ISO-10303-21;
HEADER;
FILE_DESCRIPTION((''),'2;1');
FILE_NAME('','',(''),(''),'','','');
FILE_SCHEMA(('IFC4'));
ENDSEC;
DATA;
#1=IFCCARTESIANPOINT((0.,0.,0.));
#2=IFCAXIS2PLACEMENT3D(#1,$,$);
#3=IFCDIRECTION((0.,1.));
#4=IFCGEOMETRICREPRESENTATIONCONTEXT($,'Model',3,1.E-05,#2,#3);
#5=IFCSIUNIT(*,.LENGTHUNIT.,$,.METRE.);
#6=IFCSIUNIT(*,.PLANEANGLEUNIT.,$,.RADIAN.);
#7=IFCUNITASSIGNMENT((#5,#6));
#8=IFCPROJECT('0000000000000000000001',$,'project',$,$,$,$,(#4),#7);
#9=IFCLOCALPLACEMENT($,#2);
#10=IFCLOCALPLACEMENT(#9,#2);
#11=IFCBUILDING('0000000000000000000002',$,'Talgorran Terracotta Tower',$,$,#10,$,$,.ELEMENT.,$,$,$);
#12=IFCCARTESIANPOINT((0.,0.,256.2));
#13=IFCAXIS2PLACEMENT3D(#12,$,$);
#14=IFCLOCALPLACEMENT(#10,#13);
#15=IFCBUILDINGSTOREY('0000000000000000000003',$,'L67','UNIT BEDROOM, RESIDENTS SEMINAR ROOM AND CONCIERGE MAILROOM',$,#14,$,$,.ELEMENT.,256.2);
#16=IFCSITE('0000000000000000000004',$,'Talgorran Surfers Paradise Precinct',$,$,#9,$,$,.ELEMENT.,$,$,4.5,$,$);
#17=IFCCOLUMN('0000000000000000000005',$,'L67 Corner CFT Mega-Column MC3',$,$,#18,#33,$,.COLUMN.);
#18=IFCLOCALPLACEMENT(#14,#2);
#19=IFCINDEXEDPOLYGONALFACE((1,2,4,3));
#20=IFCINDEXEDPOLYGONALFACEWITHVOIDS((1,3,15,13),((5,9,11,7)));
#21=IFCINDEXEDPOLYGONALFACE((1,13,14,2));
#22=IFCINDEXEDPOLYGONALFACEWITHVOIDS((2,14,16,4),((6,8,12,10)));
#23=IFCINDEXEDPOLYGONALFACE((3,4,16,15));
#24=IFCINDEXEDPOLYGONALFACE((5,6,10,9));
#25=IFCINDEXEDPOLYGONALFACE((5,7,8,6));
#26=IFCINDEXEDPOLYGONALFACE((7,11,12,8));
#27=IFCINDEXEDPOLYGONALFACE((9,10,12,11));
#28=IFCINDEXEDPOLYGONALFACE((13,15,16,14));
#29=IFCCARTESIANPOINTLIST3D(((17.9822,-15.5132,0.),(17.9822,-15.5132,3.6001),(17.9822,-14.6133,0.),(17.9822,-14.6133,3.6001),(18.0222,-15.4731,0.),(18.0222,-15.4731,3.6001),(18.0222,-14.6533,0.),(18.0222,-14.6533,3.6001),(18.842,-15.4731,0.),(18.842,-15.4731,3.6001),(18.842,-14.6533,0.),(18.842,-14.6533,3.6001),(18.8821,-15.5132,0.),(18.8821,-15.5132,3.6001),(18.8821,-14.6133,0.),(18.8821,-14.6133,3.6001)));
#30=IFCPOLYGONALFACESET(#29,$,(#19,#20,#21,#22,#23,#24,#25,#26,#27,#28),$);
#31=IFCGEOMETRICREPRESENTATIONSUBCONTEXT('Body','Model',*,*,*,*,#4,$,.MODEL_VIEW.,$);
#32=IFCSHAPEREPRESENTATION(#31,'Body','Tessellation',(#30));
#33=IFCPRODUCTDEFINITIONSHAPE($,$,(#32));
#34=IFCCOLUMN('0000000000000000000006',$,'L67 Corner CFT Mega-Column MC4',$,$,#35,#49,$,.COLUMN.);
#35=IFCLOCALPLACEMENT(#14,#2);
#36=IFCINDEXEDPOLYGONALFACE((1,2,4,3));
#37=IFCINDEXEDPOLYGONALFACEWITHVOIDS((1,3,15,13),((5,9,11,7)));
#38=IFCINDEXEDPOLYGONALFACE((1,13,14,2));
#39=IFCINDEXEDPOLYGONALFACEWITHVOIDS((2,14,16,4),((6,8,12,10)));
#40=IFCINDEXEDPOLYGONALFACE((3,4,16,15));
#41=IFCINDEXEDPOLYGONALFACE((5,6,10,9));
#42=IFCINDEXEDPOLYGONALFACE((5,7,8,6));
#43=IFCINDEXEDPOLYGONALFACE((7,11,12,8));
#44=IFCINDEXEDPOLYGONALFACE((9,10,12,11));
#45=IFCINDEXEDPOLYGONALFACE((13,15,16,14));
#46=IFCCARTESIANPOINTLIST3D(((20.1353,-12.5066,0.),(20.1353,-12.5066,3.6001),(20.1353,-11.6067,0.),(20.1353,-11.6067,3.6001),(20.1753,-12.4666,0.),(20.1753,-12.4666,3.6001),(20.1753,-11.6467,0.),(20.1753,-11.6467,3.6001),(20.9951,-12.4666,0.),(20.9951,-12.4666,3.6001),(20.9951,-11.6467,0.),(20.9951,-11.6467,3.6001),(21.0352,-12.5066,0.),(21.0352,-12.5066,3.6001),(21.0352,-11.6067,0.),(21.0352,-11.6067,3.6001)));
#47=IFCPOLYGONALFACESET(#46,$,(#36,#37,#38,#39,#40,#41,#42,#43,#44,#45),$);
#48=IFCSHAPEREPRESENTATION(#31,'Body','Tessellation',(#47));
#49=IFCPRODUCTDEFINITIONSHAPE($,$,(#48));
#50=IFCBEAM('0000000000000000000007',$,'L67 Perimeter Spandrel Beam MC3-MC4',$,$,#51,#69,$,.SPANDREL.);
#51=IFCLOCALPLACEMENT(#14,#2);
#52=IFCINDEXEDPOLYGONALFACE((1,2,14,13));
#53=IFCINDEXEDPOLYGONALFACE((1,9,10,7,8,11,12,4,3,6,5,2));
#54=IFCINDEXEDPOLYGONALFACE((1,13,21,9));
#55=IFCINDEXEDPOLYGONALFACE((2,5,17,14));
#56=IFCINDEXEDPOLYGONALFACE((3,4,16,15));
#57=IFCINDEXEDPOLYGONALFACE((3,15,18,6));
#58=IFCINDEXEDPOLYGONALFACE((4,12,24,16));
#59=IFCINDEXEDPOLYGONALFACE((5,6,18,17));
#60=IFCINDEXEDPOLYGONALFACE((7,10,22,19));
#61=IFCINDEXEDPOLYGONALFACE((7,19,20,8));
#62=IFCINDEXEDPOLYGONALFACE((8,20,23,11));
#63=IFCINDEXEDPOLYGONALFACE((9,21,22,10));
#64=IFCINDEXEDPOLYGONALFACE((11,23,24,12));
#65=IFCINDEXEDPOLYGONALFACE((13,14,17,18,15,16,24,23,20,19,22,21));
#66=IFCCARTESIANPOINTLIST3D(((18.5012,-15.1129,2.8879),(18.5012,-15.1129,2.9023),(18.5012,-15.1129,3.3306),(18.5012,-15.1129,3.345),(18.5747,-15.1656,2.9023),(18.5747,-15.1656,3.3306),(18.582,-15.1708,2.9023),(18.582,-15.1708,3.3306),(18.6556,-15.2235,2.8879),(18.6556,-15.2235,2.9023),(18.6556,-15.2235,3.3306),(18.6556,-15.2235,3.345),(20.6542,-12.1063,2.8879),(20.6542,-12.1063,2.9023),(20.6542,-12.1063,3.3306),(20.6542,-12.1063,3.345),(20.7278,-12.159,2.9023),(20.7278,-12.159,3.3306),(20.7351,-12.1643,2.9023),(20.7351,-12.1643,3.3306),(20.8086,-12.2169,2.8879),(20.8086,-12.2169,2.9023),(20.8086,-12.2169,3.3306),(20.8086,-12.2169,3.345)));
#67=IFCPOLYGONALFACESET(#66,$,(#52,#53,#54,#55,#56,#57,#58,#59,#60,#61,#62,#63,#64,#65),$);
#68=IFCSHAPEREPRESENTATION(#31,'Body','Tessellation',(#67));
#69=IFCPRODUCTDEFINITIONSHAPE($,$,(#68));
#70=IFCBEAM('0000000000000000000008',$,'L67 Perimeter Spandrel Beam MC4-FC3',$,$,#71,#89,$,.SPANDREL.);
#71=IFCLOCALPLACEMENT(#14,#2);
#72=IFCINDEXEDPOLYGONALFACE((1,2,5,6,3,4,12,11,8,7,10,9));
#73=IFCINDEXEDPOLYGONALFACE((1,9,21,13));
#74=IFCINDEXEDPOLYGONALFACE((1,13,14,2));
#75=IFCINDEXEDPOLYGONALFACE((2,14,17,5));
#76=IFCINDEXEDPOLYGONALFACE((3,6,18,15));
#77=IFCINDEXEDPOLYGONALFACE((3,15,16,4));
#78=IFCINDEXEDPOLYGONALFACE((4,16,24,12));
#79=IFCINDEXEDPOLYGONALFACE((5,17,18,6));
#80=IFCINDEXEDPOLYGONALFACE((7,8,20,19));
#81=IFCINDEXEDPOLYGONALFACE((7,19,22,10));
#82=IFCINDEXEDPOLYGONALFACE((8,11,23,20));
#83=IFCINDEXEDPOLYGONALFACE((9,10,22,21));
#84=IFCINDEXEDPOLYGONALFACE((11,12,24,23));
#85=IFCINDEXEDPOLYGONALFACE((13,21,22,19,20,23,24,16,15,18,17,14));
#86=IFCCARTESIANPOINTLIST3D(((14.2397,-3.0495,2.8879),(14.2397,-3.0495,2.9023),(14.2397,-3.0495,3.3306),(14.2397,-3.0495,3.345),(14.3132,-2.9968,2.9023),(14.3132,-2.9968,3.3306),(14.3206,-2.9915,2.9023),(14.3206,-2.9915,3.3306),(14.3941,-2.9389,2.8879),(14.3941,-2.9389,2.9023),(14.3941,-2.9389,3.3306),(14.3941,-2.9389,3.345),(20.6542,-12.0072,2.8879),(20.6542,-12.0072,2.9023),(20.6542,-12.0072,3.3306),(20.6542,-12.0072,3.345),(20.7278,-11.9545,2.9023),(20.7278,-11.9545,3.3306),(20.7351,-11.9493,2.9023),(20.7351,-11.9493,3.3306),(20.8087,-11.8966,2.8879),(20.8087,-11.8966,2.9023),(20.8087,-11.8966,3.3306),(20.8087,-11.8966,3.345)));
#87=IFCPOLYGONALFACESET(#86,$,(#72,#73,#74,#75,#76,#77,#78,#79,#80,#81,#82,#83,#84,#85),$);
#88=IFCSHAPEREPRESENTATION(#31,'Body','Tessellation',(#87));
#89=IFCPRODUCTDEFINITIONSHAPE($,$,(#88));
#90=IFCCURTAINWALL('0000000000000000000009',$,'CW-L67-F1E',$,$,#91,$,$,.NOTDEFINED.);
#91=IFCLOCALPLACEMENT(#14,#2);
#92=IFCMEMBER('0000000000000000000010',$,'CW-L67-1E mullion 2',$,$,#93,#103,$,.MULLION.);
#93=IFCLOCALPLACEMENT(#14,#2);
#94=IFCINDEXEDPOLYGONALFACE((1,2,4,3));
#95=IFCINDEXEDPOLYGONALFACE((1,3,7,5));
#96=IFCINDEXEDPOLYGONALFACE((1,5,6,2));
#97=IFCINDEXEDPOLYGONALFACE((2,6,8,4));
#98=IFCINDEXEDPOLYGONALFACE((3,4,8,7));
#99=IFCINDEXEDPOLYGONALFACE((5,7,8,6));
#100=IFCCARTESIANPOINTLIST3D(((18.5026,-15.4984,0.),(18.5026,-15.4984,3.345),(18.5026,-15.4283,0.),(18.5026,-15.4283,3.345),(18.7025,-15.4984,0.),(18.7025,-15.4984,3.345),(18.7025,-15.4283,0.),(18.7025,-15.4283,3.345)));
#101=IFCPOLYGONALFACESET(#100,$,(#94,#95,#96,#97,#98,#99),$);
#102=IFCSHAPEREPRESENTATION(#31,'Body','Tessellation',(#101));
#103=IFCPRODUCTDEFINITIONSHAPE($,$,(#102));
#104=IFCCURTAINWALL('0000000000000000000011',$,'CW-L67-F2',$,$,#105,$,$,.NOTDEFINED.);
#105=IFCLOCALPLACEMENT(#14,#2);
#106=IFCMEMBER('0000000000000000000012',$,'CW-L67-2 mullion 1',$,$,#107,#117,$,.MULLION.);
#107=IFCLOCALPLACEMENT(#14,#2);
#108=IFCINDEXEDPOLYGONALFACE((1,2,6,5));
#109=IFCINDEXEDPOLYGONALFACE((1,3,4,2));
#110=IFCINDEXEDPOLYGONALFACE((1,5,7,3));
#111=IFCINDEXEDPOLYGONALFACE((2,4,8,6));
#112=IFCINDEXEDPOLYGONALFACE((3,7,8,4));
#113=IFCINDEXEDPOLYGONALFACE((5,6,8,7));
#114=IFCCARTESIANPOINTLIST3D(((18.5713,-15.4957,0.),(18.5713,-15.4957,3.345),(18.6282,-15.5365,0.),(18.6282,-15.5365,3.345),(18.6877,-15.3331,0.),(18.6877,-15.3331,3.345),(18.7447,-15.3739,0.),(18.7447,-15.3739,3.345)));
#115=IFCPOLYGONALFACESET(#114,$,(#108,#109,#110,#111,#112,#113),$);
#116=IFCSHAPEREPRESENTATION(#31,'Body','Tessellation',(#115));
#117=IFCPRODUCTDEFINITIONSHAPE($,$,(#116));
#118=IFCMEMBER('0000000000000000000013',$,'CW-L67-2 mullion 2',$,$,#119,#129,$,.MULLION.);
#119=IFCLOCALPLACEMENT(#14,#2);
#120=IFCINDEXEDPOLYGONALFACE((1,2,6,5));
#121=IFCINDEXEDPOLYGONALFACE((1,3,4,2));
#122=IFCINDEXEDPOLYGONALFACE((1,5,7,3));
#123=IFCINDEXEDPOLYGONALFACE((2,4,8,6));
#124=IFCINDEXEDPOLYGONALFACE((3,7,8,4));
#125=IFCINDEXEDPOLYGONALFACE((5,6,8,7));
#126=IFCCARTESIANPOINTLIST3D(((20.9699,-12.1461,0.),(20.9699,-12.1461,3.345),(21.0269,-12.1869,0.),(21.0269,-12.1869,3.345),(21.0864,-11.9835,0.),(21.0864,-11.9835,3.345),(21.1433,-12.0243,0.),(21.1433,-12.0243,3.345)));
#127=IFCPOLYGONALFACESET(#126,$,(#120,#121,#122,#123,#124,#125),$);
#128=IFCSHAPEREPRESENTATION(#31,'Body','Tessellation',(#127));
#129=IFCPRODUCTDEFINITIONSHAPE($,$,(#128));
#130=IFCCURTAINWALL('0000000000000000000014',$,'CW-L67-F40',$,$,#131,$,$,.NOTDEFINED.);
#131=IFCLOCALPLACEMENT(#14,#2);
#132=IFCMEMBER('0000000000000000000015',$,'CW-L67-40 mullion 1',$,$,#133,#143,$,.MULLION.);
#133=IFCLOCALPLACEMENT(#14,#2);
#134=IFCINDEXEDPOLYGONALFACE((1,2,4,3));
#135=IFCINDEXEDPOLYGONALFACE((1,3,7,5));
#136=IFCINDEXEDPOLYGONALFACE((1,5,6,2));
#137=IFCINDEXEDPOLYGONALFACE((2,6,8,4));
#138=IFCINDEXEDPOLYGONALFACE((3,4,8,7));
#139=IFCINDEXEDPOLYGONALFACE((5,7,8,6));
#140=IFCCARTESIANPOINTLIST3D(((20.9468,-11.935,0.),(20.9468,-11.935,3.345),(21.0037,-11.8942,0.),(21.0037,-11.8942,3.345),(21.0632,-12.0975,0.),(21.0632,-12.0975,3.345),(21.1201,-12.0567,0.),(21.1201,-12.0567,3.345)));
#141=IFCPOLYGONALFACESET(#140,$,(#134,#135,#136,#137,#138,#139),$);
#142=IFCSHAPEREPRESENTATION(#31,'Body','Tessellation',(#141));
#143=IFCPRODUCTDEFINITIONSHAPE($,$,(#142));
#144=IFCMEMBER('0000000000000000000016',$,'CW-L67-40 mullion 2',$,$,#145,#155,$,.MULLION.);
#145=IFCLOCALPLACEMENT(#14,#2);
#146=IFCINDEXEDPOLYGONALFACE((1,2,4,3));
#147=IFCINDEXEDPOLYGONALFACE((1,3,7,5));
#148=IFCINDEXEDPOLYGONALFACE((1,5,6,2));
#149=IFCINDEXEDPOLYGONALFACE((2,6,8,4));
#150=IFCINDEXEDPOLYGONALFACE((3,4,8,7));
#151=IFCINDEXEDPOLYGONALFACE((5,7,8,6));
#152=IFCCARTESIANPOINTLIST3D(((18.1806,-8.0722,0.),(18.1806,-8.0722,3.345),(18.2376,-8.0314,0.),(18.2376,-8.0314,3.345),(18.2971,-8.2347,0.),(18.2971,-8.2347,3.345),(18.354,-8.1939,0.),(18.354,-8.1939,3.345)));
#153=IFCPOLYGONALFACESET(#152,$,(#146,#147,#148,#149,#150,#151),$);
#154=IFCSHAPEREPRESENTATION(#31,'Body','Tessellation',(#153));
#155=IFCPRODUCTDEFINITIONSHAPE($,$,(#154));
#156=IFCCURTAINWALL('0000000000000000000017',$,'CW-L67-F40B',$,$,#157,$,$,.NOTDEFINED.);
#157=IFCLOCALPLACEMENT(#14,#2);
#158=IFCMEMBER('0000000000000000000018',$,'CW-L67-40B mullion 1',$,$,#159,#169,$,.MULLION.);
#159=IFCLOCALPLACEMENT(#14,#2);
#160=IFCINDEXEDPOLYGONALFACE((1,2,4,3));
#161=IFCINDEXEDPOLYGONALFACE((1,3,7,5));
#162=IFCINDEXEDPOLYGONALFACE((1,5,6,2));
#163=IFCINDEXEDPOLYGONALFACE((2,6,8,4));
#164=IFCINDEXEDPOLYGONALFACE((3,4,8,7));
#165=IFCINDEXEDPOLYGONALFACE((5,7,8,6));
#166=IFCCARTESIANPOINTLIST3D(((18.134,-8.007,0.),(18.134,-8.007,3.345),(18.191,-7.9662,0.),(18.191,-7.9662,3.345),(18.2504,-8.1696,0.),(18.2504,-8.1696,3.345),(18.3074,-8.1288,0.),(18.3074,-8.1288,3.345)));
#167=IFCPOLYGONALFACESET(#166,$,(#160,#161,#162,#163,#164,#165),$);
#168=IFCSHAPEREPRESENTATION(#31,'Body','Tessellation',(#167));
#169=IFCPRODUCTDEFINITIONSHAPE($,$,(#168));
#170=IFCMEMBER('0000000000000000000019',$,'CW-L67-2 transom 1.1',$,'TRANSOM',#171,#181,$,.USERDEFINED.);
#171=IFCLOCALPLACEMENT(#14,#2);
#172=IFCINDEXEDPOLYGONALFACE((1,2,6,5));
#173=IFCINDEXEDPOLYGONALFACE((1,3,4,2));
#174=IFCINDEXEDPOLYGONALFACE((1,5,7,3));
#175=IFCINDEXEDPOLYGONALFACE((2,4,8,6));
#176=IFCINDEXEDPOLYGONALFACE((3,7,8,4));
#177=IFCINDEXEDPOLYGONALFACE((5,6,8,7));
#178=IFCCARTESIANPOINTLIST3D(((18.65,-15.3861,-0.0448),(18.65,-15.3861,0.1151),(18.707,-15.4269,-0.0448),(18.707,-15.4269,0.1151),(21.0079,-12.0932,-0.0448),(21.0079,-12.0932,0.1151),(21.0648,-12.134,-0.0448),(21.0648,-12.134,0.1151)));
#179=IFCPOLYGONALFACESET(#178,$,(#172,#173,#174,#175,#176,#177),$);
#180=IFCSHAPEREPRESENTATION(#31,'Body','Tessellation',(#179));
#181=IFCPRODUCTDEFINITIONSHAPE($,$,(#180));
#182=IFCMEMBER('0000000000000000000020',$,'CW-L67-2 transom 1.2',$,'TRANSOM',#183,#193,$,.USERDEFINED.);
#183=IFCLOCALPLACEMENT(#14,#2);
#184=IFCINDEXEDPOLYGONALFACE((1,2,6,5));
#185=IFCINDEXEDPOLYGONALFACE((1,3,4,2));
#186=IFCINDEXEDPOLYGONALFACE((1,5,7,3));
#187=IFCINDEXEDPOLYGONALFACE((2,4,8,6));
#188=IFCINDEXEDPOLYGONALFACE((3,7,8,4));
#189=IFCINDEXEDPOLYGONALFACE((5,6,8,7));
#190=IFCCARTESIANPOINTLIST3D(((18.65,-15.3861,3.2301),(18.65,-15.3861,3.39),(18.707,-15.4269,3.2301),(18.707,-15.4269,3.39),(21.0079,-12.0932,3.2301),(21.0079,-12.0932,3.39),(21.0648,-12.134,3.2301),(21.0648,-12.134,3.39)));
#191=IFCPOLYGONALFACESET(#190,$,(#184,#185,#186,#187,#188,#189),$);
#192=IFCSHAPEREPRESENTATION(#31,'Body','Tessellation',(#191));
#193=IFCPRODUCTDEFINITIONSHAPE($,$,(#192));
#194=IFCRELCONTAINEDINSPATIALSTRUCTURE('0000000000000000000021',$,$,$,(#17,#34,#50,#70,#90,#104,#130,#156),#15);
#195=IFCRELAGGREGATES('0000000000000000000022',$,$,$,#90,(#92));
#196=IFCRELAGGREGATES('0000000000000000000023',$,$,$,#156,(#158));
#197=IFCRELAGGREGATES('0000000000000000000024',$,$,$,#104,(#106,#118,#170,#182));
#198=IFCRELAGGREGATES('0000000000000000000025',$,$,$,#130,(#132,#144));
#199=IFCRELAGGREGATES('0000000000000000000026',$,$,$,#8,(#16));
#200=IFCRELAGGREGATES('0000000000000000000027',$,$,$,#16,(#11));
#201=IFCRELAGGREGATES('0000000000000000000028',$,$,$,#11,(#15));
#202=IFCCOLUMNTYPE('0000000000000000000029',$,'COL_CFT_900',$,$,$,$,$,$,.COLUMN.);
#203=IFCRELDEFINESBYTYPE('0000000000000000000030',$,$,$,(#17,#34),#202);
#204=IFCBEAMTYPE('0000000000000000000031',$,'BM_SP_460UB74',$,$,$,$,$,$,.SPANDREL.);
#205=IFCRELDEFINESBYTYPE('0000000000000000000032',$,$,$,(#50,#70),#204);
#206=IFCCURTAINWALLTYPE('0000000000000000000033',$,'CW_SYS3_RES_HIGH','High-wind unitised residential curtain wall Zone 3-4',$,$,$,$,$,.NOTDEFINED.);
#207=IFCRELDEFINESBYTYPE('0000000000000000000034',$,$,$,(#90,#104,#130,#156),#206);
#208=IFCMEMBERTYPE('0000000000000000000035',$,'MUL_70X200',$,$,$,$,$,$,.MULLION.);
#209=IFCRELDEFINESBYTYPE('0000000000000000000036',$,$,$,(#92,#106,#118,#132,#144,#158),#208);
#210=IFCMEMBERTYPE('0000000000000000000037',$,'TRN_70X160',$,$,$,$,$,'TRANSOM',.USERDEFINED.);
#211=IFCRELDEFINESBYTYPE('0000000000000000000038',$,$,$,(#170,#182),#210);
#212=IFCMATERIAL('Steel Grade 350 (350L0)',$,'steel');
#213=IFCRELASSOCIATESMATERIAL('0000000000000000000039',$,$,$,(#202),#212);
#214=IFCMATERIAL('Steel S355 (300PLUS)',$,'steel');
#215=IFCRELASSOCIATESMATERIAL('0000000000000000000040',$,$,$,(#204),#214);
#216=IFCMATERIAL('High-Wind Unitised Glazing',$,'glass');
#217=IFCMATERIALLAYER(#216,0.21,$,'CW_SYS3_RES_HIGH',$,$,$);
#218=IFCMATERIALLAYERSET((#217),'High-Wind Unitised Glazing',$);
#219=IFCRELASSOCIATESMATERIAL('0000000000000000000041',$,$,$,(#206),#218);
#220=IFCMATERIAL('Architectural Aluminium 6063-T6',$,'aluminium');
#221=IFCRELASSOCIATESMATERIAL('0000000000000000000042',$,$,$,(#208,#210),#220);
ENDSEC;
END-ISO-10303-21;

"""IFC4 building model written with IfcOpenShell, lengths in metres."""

from ifc_helpers import new_model, si_unit, direction, frame, origin, origin_2d, place, context, subcontext, project, spatial, rectangle, hollow_rectangle, i_section, extrude, material, layer, layer_set, material_profile, profile_set, type_object, element, aggregate, save


model = new_model("IFC4")

# Units and contexts
model_context = context("Model", 3, precision=1e-05, world=origin(), true_north=direction((0.0, 1.0)))
body_context = subcontext(model_context, "Body", "Model", "MODEL_VIEW")
ifc_project = project(units=[si_unit("LENGTHUNIT", "METRE"), si_unit("PLANEANGLEUNIT", "RADIAN")], contexts=[model_context])

# Site, building, storey
site_placement = place(None, origin())
site = spatial("IfcSite", under=ifc_project, at=site_placement, Name="Talgorran Surfers Paradise Precinct", CompositionType="ELEMENT", RefElevation=4.5)
building_placement = place(site_placement, origin())
building = spatial("IfcBuilding", under=site, at=building_placement, Name="Talgorran Terracotta Tower", CompositionType="ELEMENT")
storey_placement = place(building_placement, frame((0.0, 0.0, 256.2)))
storey = spatial("IfcBuildingStorey", under=building, at=storey_placement, Name="L67", Description="UNIT BEDROOM, RESIDENTS SEMINAR ROOM AND CONCIERGE MAILROOM", CompositionType="ELEMENT", Elevation=256.2)

# Columns
ifc_material_1 = material(Name="Steel Grade 350 (350L0)", Category="steel")
ifc_material_profile_1 = material_profile(ifc_material_1, hollow_rectangle(XDim=0.8999, YDim=0.8999, WallThickness=0.04, at=origin_2d()), Name="CFT900X900X40")
ifc_profile_set_1 = profile_set([ifc_material_profile_1], Name="Steel Grade 350 (350L0)")
column_type = type_object("IfcColumnType", Name="COL_CFT_900", PredefinedType="COLUMN", material=ifc_profile_set_1)
for number, where, z_axis, x_axis, name in (
    (1, (18.4321, -15.0632, 0.0), (0.0, 0.0, 1.0), (1.0, 0.0, 0.0), "L67 Corner CFT Mega-Column MC3"),
    (2, (20.5852, -12.0566, 0.0), (0.0, 0.0, 1.0), (1.0, 0.0, 0.0), "L67 Corner CFT Mega-Column MC4"),
):
    element("IfcColumn", number, at=place(storey_placement, frame(where, z_axis=z_axis, x_axis=x_axis)), inside=storey, type_object=column_type, Name=name, PredefinedType="COLUMN", context=body_context, shape_type="SweptSolid", body=[
        extrude(hollow_rectangle(XDim=0.8999, YDim=0.8999, WallThickness=0.04, at=origin_2d()), origin(), (0.0, 0.0, 1.0), 3.6001),
    ])

# Beams
ifc_material_2 = material(Name="Steel S355 (300PLUS)", Category="steel")
ifc_material_profile_2 = material_profile(ifc_material_2, i_section(OverallWidth=0.1899, OverallDepth=0.457, WebThickness=0.009, FlangeThickness=0.0144, at=origin_2d()), Name="460UB74.6")
ifc_profile_set_2 = profile_set([ifc_material_profile_2], Name="Steel S355 (300PLUS)")
beam_type = type_object("IfcBeamType", Name="BM_SP_460UB74", PredefinedType="SPANDREL", material=ifc_profile_set_2)
beam_1_placement = place(storey_placement, frame((18.5784, -15.1682, 3.1165), z_axis=(0.582224, 0.813028, 0.0), x_axis=(-0.813028, 0.582224, 0.0)))
element("IfcBeam", 3, at=beam_1_placement, inside=storey, type_object=beam_type, Name="L67 Perimeter Spandrel Beam MC3-MC4", PredefinedType="SPANDREL", context=body_context, shape_type="SweptSolid", body=[
    extrude(i_section(OverallWidth=0.1899, OverallDepth=0.457, WebThickness=0.009, FlangeThickness=0.0144, at=origin_2d()), origin(), (0.0, 0.0, 1.0), 3.698),
])
beam_2_placement = place(storey_placement, frame((20.7314, -11.9519, 3.1165), z_axis=(-0.582208, 0.81304, 0.0), x_axis=(-0.81304, -0.582208, 0.0)))
element("IfcBeam", 4, at=beam_2_placement, inside=storey, type_object=beam_type, Name="L67 Perimeter Spandrel Beam MC4-FC3", PredefinedType="SPANDREL", context=body_context, shape_type="SweptSolid", body=[
    extrude(i_section(OverallWidth=0.1899, OverallDepth=0.457, WebThickness=0.009, FlangeThickness=0.0144, at=origin_2d()), origin(), (0.0, 0.0, 1.0), 11.0176),
])

# Curtain wall, member
ifc_material_3 = material(Name="High-Wind Unitised Glazing", Category="glass")
ifc_layer_1 = layer(ifc_material_3, 0.21, Name="CW_SYS3_RES_HIGH")
ifc_layer_set_1 = layer_set([ifc_layer_1], Name="High-Wind Unitised Glazing")
curtain_wall_type = type_object("IfcCurtainWallType", Name="CW_SYS3_RES_HIGH", Description="High-wind unitised residential curtain wall Zone 3-4", PredefinedType="NOTDEFINED", material=ifc_layer_set_1)
curtain_wall_1_placement = place(storey_placement, origin())
curtain_wall_1 = element("IfcCurtainWall", 5, at=curtain_wall_1_placement, inside=storey, type_object=curtain_wall_type, Name="CW-L67-F1E", PredefinedType="NOTDEFINED")
ifc_material_4 = material(Name="Architectural Aluminium 6063-T6", Category="aluminium")
ifc_material_profile_3 = material_profile(ifc_material_4, rectangle(XDim=0.0701, YDim=0.2, at=origin_2d()), Name="CWM70X200")
ifc_profile_set_3 = profile_set([ifc_material_profile_3], Name="Architectural Aluminium 6063-T6")
member_type_1 = type_object("IfcMemberType", Name="MUL_70X200", PredefinedType="MULLION", material=ifc_profile_set_3)
member_1_placement = place(storey_placement, frame((18.6025, -15.4634, 0.0), z_axis=(0.0, 0.0, 1.0), x_axis=(0.0, 1.0, 0.0)))
member_1 = element("IfcMember", 6, at=member_1_placement, type_object=member_type_1, Name="CW-L67-1E mullion 2", PredefinedType="MULLION", context=body_context, shape_type="SweptSolid", body=[
    extrude(rectangle(XDim=0.0701, YDim=0.2, at=origin_2d()), origin(), (0.0, 0.0, 1.0), 3.345),
])
aggregate(curtain_wall_1, [member_1])

# Curtain walls, members
curtain_wall_2_placement = place(storey_placement, origin())
curtain_wall_2 = element("IfcCurtainWall", 7, at=curtain_wall_2_placement, inside=storey, type_object=curtain_wall_type, Name="CW-L67-F2", PredefinedType="NOTDEFINED")
member_2_placement = place(storey_placement, frame((18.658, -15.4348, 0.0), z_axis=(0.0, 0.0, 1.0), x_axis=(-0.813031, 0.58222, 0.0)))
member_2 = element("IfcMember", 8, at=member_2_placement, type_object=member_type_1, Name="CW-L67-2 mullion 1", PredefinedType="MULLION", context=body_context, shape_type="SweptSolid", body=[
    extrude(rectangle(XDim=0.0701, YDim=0.2, at=origin_2d()), origin(), (0.0, 0.0, 1.0), 3.345),
])
member_3_placement = place(storey_placement, frame((21.0566, -12.0852, 0.0), z_axis=(0.0, 0.0, 1.0), x_axis=(-0.813031, 0.58222, 0.0)))
member_3 = element("IfcMember", 9, at=member_3_placement, type_object=member_type_1, Name="CW-L67-2 mullion 2", PredefinedType="MULLION", context=body_context, shape_type="SweptSolid", body=[
    extrude(rectangle(XDim=0.0701, YDim=0.2, at=origin_2d()), origin(), (0.0, 0.0, 1.0), 3.345),
])
curtain_wall_3_placement = place(storey_placement, origin())
curtain_wall_3 = element("IfcCurtainWall", 10, at=curtain_wall_3_placement, inside=storey, type_object=curtain_wall_type, Name="CW-L67-F40", PredefinedType="NOTDEFINED")
member_4_placement = place(storey_placement, frame((21.0334, -11.9958, 0.0), z_axis=(0.0, 0.0, 1.0), x_axis=(-0.813038, -0.582211, 0.0)))
member_4 = element("IfcMember", 11, at=member_4_placement, type_object=member_type_1, Name="CW-L67-40 mullion 1", PredefinedType="MULLION", context=body_context, shape_type="SweptSolid", body=[
    extrude(rectangle(XDim=0.0701, YDim=0.2, at=origin_2d()), origin(), (0.0, 0.0, 1.0), 3.345),
])
member_5_placement = place(storey_placement, frame((18.2673, -8.1331, 0.0), z_axis=(0.0, 0.0, 1.0), x_axis=(-0.813038, -0.582211, 0.0)))
member_5 = element("IfcMember", 12, at=member_5_placement, type_object=member_type_1, Name="CW-L67-40 mullion 2", PredefinedType="MULLION", context=body_context, shape_type="SweptSolid", body=[
    extrude(rectangle(XDim=0.0701, YDim=0.2, at=origin_2d()), origin(), (0.0, 0.0, 1.0), 3.345),
])

# Curtain wall, member
curtain_wall_4_placement = place(storey_placement, origin())
curtain_wall_4 = element("IfcCurtainWall", 13, at=curtain_wall_4_placement, inside=storey, type_object=curtain_wall_type, Name="CW-L67-F40B", PredefinedType="NOTDEFINED")
member_6_placement = place(storey_placement, frame((18.2207, -8.0679, 0.0), z_axis=(0.0, 0.0, 1.0), x_axis=(-0.81303, -0.582222, 0.0)))
member_6 = element("IfcMember", 14, at=member_6_placement, type_object=member_type_1, Name="CW-L67-40B mullion 1", PredefinedType="MULLION", context=body_context, shape_type="SweptSolid", body=[
    extrude(rectangle(XDim=0.0701, YDim=0.2, at=origin_2d()), origin(), (0.0, 0.0, 1.0), 3.345),
])

# Members
ifc_material_profile_4 = material_profile(ifc_material_4, rectangle(XDim=0.0701, YDim=0.1599, at=origin_2d()), Name="CWT70X160")
ifc_profile_set_4 = profile_set([ifc_material_profile_4], Name="Architectural Aluminium 6063-T6")
member_type_2 = type_object("IfcMemberType", Name="TRN_70X160", ElementType="TRANSOM", PredefinedType="USERDEFINED", material=ifc_profile_set_4)
member_7_placement = place(storey_placement, frame((18.6785, -15.4065, 0.0352), z_axis=(0.582184, 0.813057, 0.0), x_axis=(-0.813057, 0.582184, 0.0)))
member_7 = element("IfcMember", 15, at=member_7_placement, type_object=member_type_2, Name="CW-L67-2 transom 1.1", ObjectType="TRANSOM", PredefinedType="USERDEFINED", context=body_context, shape_type="SweptSolid", body=[
    extrude(rectangle(XDim=0.0701, YDim=0.1599, at=origin_2d()), origin(), (0.0, 0.0, 1.0), 4.05),
])
member_8_placement = place(storey_placement, frame((18.6785, -15.4065, 3.3101), z_axis=(0.582184, 0.813057, 0.0), x_axis=(-0.813057, 0.582184, 0.0)))
member_8 = element("IfcMember", 16, at=member_8_placement, type_object=member_type_2, Name="CW-L67-2 transom 1.2", ObjectType="TRANSOM", PredefinedType="USERDEFINED", context=body_context, shape_type="SweptSolid", body=[
    extrude(rectangle(XDim=0.0701, YDim=0.1599, at=origin_2d()), origin(), (0.0, 0.0, 1.0), 4.05),
])
aggregate(curtain_wall_4, [member_6])

aggregate(curtain_wall_2, [member_2, member_3, member_7, member_8])
aggregate(curtain_wall_3, [member_4, member_5])

save(model, "model.ifc")
